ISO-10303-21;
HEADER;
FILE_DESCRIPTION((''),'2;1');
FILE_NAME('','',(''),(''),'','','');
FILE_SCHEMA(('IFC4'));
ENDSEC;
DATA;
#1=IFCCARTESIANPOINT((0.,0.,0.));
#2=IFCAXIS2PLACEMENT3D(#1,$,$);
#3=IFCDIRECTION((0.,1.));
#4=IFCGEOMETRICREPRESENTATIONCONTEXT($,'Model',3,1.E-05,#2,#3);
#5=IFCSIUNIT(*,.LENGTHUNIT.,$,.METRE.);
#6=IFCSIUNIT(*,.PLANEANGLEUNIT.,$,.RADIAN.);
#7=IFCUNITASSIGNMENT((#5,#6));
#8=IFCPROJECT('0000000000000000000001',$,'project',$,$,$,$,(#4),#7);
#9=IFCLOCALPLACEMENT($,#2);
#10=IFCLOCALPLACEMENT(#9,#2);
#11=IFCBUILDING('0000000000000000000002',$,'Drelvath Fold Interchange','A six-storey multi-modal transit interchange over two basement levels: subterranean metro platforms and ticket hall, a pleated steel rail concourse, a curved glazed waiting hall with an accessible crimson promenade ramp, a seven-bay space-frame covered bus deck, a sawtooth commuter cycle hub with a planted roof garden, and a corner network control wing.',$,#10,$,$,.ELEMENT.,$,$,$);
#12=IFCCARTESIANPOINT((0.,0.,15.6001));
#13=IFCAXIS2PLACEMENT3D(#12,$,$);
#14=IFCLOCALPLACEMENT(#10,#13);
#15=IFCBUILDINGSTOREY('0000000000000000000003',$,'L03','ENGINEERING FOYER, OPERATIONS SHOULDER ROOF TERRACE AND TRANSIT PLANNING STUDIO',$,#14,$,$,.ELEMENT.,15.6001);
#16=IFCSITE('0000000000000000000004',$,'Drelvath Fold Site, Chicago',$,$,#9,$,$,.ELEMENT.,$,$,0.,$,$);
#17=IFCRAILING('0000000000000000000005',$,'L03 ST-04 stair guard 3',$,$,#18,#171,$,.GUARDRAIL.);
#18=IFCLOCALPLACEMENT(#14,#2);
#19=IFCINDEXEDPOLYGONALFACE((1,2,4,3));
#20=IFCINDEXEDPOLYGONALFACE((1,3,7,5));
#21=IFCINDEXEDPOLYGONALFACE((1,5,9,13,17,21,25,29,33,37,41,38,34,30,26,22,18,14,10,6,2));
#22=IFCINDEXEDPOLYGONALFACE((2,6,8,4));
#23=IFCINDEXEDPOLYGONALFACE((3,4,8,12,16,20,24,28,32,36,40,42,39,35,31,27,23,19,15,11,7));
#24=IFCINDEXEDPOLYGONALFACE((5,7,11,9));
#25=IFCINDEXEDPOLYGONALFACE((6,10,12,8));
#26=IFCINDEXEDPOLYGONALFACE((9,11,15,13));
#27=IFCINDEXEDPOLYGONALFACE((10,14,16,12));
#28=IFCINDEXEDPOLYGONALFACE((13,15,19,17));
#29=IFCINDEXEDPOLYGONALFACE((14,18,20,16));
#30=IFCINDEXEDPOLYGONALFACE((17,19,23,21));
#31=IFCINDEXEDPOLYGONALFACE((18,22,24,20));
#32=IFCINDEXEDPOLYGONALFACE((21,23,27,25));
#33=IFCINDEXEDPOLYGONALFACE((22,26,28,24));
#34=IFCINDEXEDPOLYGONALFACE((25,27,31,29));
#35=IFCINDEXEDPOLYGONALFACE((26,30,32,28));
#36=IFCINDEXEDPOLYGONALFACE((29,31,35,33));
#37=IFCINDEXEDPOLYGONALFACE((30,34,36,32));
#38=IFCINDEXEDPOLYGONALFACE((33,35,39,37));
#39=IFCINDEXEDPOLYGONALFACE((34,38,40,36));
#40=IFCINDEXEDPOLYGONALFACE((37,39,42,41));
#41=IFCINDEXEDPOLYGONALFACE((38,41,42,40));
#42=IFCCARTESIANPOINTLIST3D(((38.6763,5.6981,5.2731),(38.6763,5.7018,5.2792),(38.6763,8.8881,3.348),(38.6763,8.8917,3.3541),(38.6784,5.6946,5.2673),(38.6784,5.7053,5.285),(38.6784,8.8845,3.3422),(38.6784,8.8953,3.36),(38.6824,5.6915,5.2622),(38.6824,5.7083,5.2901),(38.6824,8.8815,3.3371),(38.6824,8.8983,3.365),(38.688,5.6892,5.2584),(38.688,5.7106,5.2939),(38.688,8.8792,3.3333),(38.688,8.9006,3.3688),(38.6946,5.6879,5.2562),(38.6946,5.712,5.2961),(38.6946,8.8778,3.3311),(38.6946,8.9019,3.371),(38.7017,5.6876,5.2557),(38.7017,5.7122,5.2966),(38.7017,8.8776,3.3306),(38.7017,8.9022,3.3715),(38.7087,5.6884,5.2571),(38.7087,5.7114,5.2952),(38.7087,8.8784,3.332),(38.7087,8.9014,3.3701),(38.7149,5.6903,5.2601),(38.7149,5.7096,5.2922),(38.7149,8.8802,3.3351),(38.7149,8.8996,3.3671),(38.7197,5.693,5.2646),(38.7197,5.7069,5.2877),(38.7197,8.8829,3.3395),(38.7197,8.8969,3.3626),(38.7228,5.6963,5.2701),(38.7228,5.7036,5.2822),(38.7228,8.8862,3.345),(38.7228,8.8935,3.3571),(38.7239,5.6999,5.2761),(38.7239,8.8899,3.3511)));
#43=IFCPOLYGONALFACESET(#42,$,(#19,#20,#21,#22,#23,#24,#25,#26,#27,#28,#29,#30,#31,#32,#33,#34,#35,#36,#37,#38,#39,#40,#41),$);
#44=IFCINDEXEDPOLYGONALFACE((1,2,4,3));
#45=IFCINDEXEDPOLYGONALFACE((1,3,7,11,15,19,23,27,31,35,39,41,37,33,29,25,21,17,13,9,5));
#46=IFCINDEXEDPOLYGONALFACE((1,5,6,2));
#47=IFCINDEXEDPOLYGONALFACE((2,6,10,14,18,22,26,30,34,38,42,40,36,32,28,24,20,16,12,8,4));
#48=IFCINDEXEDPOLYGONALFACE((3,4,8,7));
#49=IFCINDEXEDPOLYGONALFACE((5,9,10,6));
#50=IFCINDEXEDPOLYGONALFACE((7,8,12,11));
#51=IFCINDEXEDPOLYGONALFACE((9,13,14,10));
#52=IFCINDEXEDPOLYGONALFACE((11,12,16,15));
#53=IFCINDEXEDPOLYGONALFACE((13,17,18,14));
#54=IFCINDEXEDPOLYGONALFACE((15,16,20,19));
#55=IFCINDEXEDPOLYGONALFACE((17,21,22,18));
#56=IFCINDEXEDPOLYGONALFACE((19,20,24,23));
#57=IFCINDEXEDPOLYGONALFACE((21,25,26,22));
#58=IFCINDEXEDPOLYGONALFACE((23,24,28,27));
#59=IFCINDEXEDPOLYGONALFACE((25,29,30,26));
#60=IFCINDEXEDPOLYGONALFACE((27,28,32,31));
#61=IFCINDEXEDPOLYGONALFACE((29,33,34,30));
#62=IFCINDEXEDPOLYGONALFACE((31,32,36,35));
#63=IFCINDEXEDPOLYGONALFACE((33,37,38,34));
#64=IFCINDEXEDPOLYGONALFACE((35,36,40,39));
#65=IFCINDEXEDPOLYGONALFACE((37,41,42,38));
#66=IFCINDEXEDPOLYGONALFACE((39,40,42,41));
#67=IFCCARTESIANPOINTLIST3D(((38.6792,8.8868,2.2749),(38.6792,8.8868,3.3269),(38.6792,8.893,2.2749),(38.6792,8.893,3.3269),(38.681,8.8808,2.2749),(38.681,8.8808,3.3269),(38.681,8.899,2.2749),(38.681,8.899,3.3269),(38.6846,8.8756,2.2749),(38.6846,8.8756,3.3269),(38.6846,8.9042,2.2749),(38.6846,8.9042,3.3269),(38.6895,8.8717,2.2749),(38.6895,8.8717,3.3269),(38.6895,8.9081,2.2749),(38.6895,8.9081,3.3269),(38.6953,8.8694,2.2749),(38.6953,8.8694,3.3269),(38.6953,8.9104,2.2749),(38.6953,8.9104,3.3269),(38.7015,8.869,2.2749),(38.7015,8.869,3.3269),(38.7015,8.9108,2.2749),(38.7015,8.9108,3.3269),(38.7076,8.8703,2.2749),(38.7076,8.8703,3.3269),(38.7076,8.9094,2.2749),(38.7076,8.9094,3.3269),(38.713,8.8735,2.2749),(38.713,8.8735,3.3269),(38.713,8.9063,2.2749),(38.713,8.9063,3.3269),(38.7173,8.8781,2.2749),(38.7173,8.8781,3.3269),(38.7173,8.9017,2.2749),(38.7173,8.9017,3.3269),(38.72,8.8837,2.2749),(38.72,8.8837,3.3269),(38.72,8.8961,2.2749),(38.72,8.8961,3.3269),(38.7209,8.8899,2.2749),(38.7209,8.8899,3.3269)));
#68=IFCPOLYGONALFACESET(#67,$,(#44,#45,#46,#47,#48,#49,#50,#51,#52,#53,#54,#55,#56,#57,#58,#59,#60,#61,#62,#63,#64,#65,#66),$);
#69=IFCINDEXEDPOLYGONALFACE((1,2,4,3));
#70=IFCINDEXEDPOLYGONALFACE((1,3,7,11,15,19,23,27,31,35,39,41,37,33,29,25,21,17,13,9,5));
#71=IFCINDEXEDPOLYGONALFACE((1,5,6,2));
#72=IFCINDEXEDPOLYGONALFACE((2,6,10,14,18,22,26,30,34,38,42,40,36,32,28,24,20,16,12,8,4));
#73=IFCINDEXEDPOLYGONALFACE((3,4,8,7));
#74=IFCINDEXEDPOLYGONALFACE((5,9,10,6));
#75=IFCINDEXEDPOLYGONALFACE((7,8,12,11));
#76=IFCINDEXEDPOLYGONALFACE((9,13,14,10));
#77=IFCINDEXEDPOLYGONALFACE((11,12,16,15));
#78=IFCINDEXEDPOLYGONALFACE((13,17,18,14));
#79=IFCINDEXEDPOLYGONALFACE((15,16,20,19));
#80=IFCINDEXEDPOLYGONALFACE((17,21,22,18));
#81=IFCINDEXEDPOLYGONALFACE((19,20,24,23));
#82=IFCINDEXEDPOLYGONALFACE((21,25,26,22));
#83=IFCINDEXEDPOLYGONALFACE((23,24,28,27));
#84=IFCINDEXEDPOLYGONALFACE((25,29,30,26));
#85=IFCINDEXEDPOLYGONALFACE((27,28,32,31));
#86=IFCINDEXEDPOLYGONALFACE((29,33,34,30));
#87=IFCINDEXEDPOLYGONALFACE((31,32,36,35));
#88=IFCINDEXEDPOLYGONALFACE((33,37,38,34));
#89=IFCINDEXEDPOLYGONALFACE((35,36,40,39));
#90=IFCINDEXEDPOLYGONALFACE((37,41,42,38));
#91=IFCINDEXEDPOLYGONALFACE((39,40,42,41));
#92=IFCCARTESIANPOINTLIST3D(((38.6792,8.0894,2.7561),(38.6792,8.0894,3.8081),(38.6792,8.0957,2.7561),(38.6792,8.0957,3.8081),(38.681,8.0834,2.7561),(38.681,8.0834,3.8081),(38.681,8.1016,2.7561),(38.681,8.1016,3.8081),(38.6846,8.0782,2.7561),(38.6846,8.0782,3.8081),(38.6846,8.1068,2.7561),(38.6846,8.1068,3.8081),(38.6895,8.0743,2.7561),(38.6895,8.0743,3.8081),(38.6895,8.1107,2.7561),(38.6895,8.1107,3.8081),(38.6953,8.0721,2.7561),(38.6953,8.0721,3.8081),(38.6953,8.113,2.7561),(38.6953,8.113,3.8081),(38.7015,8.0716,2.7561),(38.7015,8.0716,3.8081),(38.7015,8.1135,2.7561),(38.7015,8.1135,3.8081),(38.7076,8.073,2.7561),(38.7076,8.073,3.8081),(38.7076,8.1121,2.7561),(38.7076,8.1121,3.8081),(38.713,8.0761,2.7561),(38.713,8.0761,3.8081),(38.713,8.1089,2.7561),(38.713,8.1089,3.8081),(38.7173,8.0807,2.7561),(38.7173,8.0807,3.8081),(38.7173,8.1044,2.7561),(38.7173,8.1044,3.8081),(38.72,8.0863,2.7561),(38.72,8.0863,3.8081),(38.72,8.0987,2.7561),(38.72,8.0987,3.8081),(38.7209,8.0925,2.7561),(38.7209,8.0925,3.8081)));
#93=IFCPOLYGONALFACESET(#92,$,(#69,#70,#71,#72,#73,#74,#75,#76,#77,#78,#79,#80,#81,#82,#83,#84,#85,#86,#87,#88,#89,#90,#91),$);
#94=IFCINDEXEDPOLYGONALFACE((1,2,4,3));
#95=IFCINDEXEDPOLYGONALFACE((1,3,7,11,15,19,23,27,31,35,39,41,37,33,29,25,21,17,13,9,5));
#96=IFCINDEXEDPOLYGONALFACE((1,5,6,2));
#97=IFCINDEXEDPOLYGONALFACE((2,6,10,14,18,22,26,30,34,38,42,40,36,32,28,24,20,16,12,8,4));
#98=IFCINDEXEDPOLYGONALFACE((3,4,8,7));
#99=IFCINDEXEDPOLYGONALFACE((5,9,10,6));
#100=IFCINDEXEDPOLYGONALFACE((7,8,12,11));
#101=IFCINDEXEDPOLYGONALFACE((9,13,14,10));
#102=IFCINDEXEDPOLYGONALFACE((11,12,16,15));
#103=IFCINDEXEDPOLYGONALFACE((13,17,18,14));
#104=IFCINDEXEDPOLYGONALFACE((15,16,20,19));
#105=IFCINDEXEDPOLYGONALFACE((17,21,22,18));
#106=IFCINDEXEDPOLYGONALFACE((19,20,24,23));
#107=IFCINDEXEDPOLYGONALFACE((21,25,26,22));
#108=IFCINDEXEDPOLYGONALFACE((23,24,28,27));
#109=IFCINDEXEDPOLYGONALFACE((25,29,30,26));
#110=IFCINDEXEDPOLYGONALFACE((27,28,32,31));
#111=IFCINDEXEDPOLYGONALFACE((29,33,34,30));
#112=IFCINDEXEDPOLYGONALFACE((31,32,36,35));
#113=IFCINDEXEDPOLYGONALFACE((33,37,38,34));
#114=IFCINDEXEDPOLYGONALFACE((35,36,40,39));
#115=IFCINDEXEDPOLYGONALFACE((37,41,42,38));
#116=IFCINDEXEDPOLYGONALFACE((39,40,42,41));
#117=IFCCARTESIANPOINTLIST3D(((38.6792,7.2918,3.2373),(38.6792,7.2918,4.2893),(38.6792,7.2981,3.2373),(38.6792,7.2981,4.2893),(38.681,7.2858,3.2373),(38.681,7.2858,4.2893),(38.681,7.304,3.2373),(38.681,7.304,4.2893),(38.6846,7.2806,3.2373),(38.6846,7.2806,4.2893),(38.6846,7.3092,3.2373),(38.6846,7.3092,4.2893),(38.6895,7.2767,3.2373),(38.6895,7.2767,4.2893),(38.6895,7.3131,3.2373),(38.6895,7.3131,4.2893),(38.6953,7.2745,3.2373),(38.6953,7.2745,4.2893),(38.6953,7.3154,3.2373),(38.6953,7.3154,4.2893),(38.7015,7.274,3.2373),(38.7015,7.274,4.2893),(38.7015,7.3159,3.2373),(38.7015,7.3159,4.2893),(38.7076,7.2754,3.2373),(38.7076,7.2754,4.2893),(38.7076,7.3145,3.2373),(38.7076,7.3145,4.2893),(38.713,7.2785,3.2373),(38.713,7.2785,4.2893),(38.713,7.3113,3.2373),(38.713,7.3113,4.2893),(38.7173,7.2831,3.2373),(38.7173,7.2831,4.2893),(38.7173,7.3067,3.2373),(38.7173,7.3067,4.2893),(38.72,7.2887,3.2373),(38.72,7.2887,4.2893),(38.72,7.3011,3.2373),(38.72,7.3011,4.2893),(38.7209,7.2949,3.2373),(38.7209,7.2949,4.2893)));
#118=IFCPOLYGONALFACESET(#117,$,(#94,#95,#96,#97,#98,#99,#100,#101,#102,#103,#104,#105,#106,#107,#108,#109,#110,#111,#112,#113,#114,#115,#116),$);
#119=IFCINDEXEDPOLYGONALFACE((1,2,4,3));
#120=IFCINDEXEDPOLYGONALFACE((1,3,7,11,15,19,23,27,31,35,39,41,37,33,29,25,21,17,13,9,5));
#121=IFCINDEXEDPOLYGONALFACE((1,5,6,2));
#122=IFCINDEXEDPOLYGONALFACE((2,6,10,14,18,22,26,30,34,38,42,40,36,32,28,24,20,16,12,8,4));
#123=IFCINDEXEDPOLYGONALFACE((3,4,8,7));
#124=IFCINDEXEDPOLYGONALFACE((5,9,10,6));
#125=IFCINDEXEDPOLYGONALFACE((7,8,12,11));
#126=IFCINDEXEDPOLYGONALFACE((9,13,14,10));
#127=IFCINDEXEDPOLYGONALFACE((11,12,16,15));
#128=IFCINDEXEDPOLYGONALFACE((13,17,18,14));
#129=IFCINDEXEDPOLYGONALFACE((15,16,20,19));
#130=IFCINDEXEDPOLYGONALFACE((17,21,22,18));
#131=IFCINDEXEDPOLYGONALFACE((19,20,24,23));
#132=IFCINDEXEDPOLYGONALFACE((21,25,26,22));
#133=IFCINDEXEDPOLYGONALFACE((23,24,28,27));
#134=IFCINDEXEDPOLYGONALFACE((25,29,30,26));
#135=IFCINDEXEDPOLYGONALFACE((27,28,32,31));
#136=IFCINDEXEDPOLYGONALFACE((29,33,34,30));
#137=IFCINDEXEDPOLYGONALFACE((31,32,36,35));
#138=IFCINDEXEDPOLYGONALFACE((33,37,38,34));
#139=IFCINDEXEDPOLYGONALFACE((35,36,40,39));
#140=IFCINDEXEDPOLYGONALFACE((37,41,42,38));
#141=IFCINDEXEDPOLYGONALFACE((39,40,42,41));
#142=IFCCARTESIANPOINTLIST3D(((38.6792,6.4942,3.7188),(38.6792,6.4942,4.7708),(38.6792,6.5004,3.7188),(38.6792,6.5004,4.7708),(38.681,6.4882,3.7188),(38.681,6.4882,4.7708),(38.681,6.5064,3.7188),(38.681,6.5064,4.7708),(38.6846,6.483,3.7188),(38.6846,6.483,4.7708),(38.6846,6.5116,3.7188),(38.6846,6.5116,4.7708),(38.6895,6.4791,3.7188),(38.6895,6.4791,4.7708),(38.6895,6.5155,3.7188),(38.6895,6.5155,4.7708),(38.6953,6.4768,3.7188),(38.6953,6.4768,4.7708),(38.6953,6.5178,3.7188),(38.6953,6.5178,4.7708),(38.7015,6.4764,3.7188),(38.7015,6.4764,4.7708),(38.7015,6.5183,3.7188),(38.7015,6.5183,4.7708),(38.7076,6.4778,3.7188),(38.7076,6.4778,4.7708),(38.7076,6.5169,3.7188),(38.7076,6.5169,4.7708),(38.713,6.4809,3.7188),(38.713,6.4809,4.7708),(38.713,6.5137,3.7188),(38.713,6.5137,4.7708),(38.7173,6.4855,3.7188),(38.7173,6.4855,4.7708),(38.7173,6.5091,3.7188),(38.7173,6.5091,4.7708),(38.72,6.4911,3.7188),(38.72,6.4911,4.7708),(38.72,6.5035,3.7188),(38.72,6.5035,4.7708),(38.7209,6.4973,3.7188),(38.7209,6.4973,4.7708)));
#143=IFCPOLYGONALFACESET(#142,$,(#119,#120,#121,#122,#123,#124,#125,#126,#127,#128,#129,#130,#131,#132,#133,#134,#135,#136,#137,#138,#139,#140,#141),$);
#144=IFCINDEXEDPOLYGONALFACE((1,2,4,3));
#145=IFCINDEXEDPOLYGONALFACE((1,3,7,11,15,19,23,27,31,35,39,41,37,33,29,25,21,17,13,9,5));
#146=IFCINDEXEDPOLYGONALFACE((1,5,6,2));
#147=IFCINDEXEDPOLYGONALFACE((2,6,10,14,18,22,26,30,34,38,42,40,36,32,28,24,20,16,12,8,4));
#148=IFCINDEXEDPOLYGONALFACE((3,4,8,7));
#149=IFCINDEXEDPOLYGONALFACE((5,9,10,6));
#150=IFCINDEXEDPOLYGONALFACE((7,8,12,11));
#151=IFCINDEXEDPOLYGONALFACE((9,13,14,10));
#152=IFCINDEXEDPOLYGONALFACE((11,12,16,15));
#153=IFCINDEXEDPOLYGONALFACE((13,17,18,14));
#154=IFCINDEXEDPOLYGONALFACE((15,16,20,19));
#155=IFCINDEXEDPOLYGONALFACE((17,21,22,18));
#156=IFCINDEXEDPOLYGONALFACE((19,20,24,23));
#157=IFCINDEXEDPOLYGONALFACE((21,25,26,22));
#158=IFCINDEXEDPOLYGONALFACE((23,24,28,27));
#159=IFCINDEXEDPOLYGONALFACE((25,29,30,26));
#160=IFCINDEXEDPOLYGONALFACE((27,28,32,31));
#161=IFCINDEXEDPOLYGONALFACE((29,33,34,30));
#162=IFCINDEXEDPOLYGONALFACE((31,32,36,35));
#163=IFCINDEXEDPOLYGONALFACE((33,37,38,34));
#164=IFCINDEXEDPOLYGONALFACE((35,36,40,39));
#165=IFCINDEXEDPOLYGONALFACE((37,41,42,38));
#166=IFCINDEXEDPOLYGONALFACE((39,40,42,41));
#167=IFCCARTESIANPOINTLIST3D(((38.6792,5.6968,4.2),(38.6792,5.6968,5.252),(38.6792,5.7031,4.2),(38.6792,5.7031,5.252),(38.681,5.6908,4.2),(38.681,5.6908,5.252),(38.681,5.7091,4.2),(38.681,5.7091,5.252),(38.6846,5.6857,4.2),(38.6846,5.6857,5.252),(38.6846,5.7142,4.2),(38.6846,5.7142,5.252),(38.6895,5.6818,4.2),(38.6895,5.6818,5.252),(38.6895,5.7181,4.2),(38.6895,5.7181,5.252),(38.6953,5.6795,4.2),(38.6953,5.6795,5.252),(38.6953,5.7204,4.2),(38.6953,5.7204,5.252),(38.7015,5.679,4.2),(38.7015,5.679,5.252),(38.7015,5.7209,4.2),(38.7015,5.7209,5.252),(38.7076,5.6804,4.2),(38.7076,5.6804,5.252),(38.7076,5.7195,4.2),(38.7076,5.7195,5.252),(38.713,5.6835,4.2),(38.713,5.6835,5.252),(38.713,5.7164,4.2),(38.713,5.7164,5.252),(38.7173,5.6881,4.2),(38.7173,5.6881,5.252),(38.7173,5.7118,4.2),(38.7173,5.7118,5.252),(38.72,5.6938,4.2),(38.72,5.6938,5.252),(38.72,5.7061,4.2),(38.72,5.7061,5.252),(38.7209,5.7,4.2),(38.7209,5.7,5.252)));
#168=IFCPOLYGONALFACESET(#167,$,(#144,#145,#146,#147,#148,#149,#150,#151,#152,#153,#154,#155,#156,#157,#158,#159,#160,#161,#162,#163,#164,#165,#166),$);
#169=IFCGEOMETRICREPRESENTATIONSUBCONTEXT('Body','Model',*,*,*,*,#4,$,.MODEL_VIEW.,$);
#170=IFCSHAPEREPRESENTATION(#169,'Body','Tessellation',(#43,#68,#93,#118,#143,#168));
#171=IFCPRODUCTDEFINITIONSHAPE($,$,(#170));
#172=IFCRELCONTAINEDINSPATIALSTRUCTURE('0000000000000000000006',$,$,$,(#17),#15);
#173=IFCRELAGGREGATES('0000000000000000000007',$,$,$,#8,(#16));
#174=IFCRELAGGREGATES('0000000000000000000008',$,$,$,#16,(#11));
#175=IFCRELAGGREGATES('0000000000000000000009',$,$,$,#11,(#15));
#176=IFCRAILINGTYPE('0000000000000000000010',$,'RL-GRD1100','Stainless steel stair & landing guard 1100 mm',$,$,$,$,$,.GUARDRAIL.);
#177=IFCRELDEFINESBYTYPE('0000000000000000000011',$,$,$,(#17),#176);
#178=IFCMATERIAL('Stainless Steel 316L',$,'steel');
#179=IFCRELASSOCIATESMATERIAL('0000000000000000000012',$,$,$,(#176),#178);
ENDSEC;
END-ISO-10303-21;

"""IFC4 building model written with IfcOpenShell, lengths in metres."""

from ifc_helpers import new_model, si_unit, direction, frame, origin, origin_2d, place, context, subcontext, project, spatial, circle, extrude, material, type_object, element, save


model = new_model("IFC4")

# Units and contexts
model_context = context("Model", 3, precision=1e-05, world=origin(), true_north=direction((0.0, 1.0)))
body_context = subcontext(model_context, "Body", "Model", "MODEL_VIEW")
ifc_project = project(units=[si_unit("LENGTHUNIT", "METRE"), si_unit("PLANEANGLEUNIT", "RADIAN")], contexts=[model_context])

# Site, building, storey
site_placement = place(None, origin())
site = spatial("IfcSite", under=ifc_project, at=site_placement, Name="Drelvath Fold Site, Chicago", CompositionType="ELEMENT", RefElevation=0.0)
building_placement = place(site_placement, origin())
building = spatial("IfcBuilding", under=site, at=building_placement, Name="Drelvath Fold Interchange", Description="A six-storey multi-modal transit interchange over two basement levels: subterranean metro platforms and ticket hall, a pleated steel rail concourse, a curved glazed waiting hall with an accessible crimson promenade ramp, a seven-bay space-frame covered bus deck, a sawtooth commuter cycle hub with a planted roof garden, and a corner network control wing.", CompositionType="ELEMENT")
storey_placement = place(building_placement, frame((0.0, 0.0, 15.6001)))
storey = spatial("IfcBuildingStorey", under=building, at=storey_placement, Name="L03", Description="ENGINEERING FOYER, OPERATIONS SHOULDER ROOF TERRACE AND TRANSIT PLANNING STUDIO", CompositionType="ELEMENT", Elevation=15.6001)

# Railing
ifc_material_1 = material(Name="Stainless Steel 316L", Category="steel")
railing_type = type_object("IfcRailingType", Name="RL-GRD1100", Description="Stainless steel stair & landing guard 1100 mm", PredefinedType="GUARDRAIL", material=ifc_material_1)
railing_1_placement = place(storey_placement, frame((38.7, 8.8899, 2.2749)))
element("IfcRailing", 1, at=railing_1_placement, inside=storey, type_object=railing_type, Name="L03 ST-04 stair guard 3", PredefinedType="GUARDRAIL", context=body_context, shape_type="SweptSolid", body=[
    extrude(circle(Radius=0.0239, at=origin_2d()), frame((0.0, 0.0, 1.0762), z_axis=(0.0, -0.856178, 0.516682), x_axis=(1.0, 0.0, 0.0)), (0.0, 0.0, 1.0), 3.7258),
    extrude(circle(Radius=0.021, at=origin_2d()), origin(), (0.0, 0.0, 1.0), 1.052),
    extrude(circle(Radius=0.021, at=origin_2d()), frame((0.0, -0.7974, 0.4812)), (0.0, 0.0, 1.0), 1.052),
    extrude(circle(Radius=0.021, at=origin_2d()), frame((0.0, -1.595, 0.9624)), (0.0, 0.0, 1.0), 1.052),
    extrude(circle(Radius=0.021, at=origin_2d()), frame((0.0, -2.3926, 1.4438)), (0.0, 0.0, 1.0), 1.052),
    extrude(circle(Radius=0.021, at=origin_2d()), frame((0.0, -3.1899, 1.925)), (0.0, 0.0, 1.0), 1.052),
])

save(model, "model.ifc")
